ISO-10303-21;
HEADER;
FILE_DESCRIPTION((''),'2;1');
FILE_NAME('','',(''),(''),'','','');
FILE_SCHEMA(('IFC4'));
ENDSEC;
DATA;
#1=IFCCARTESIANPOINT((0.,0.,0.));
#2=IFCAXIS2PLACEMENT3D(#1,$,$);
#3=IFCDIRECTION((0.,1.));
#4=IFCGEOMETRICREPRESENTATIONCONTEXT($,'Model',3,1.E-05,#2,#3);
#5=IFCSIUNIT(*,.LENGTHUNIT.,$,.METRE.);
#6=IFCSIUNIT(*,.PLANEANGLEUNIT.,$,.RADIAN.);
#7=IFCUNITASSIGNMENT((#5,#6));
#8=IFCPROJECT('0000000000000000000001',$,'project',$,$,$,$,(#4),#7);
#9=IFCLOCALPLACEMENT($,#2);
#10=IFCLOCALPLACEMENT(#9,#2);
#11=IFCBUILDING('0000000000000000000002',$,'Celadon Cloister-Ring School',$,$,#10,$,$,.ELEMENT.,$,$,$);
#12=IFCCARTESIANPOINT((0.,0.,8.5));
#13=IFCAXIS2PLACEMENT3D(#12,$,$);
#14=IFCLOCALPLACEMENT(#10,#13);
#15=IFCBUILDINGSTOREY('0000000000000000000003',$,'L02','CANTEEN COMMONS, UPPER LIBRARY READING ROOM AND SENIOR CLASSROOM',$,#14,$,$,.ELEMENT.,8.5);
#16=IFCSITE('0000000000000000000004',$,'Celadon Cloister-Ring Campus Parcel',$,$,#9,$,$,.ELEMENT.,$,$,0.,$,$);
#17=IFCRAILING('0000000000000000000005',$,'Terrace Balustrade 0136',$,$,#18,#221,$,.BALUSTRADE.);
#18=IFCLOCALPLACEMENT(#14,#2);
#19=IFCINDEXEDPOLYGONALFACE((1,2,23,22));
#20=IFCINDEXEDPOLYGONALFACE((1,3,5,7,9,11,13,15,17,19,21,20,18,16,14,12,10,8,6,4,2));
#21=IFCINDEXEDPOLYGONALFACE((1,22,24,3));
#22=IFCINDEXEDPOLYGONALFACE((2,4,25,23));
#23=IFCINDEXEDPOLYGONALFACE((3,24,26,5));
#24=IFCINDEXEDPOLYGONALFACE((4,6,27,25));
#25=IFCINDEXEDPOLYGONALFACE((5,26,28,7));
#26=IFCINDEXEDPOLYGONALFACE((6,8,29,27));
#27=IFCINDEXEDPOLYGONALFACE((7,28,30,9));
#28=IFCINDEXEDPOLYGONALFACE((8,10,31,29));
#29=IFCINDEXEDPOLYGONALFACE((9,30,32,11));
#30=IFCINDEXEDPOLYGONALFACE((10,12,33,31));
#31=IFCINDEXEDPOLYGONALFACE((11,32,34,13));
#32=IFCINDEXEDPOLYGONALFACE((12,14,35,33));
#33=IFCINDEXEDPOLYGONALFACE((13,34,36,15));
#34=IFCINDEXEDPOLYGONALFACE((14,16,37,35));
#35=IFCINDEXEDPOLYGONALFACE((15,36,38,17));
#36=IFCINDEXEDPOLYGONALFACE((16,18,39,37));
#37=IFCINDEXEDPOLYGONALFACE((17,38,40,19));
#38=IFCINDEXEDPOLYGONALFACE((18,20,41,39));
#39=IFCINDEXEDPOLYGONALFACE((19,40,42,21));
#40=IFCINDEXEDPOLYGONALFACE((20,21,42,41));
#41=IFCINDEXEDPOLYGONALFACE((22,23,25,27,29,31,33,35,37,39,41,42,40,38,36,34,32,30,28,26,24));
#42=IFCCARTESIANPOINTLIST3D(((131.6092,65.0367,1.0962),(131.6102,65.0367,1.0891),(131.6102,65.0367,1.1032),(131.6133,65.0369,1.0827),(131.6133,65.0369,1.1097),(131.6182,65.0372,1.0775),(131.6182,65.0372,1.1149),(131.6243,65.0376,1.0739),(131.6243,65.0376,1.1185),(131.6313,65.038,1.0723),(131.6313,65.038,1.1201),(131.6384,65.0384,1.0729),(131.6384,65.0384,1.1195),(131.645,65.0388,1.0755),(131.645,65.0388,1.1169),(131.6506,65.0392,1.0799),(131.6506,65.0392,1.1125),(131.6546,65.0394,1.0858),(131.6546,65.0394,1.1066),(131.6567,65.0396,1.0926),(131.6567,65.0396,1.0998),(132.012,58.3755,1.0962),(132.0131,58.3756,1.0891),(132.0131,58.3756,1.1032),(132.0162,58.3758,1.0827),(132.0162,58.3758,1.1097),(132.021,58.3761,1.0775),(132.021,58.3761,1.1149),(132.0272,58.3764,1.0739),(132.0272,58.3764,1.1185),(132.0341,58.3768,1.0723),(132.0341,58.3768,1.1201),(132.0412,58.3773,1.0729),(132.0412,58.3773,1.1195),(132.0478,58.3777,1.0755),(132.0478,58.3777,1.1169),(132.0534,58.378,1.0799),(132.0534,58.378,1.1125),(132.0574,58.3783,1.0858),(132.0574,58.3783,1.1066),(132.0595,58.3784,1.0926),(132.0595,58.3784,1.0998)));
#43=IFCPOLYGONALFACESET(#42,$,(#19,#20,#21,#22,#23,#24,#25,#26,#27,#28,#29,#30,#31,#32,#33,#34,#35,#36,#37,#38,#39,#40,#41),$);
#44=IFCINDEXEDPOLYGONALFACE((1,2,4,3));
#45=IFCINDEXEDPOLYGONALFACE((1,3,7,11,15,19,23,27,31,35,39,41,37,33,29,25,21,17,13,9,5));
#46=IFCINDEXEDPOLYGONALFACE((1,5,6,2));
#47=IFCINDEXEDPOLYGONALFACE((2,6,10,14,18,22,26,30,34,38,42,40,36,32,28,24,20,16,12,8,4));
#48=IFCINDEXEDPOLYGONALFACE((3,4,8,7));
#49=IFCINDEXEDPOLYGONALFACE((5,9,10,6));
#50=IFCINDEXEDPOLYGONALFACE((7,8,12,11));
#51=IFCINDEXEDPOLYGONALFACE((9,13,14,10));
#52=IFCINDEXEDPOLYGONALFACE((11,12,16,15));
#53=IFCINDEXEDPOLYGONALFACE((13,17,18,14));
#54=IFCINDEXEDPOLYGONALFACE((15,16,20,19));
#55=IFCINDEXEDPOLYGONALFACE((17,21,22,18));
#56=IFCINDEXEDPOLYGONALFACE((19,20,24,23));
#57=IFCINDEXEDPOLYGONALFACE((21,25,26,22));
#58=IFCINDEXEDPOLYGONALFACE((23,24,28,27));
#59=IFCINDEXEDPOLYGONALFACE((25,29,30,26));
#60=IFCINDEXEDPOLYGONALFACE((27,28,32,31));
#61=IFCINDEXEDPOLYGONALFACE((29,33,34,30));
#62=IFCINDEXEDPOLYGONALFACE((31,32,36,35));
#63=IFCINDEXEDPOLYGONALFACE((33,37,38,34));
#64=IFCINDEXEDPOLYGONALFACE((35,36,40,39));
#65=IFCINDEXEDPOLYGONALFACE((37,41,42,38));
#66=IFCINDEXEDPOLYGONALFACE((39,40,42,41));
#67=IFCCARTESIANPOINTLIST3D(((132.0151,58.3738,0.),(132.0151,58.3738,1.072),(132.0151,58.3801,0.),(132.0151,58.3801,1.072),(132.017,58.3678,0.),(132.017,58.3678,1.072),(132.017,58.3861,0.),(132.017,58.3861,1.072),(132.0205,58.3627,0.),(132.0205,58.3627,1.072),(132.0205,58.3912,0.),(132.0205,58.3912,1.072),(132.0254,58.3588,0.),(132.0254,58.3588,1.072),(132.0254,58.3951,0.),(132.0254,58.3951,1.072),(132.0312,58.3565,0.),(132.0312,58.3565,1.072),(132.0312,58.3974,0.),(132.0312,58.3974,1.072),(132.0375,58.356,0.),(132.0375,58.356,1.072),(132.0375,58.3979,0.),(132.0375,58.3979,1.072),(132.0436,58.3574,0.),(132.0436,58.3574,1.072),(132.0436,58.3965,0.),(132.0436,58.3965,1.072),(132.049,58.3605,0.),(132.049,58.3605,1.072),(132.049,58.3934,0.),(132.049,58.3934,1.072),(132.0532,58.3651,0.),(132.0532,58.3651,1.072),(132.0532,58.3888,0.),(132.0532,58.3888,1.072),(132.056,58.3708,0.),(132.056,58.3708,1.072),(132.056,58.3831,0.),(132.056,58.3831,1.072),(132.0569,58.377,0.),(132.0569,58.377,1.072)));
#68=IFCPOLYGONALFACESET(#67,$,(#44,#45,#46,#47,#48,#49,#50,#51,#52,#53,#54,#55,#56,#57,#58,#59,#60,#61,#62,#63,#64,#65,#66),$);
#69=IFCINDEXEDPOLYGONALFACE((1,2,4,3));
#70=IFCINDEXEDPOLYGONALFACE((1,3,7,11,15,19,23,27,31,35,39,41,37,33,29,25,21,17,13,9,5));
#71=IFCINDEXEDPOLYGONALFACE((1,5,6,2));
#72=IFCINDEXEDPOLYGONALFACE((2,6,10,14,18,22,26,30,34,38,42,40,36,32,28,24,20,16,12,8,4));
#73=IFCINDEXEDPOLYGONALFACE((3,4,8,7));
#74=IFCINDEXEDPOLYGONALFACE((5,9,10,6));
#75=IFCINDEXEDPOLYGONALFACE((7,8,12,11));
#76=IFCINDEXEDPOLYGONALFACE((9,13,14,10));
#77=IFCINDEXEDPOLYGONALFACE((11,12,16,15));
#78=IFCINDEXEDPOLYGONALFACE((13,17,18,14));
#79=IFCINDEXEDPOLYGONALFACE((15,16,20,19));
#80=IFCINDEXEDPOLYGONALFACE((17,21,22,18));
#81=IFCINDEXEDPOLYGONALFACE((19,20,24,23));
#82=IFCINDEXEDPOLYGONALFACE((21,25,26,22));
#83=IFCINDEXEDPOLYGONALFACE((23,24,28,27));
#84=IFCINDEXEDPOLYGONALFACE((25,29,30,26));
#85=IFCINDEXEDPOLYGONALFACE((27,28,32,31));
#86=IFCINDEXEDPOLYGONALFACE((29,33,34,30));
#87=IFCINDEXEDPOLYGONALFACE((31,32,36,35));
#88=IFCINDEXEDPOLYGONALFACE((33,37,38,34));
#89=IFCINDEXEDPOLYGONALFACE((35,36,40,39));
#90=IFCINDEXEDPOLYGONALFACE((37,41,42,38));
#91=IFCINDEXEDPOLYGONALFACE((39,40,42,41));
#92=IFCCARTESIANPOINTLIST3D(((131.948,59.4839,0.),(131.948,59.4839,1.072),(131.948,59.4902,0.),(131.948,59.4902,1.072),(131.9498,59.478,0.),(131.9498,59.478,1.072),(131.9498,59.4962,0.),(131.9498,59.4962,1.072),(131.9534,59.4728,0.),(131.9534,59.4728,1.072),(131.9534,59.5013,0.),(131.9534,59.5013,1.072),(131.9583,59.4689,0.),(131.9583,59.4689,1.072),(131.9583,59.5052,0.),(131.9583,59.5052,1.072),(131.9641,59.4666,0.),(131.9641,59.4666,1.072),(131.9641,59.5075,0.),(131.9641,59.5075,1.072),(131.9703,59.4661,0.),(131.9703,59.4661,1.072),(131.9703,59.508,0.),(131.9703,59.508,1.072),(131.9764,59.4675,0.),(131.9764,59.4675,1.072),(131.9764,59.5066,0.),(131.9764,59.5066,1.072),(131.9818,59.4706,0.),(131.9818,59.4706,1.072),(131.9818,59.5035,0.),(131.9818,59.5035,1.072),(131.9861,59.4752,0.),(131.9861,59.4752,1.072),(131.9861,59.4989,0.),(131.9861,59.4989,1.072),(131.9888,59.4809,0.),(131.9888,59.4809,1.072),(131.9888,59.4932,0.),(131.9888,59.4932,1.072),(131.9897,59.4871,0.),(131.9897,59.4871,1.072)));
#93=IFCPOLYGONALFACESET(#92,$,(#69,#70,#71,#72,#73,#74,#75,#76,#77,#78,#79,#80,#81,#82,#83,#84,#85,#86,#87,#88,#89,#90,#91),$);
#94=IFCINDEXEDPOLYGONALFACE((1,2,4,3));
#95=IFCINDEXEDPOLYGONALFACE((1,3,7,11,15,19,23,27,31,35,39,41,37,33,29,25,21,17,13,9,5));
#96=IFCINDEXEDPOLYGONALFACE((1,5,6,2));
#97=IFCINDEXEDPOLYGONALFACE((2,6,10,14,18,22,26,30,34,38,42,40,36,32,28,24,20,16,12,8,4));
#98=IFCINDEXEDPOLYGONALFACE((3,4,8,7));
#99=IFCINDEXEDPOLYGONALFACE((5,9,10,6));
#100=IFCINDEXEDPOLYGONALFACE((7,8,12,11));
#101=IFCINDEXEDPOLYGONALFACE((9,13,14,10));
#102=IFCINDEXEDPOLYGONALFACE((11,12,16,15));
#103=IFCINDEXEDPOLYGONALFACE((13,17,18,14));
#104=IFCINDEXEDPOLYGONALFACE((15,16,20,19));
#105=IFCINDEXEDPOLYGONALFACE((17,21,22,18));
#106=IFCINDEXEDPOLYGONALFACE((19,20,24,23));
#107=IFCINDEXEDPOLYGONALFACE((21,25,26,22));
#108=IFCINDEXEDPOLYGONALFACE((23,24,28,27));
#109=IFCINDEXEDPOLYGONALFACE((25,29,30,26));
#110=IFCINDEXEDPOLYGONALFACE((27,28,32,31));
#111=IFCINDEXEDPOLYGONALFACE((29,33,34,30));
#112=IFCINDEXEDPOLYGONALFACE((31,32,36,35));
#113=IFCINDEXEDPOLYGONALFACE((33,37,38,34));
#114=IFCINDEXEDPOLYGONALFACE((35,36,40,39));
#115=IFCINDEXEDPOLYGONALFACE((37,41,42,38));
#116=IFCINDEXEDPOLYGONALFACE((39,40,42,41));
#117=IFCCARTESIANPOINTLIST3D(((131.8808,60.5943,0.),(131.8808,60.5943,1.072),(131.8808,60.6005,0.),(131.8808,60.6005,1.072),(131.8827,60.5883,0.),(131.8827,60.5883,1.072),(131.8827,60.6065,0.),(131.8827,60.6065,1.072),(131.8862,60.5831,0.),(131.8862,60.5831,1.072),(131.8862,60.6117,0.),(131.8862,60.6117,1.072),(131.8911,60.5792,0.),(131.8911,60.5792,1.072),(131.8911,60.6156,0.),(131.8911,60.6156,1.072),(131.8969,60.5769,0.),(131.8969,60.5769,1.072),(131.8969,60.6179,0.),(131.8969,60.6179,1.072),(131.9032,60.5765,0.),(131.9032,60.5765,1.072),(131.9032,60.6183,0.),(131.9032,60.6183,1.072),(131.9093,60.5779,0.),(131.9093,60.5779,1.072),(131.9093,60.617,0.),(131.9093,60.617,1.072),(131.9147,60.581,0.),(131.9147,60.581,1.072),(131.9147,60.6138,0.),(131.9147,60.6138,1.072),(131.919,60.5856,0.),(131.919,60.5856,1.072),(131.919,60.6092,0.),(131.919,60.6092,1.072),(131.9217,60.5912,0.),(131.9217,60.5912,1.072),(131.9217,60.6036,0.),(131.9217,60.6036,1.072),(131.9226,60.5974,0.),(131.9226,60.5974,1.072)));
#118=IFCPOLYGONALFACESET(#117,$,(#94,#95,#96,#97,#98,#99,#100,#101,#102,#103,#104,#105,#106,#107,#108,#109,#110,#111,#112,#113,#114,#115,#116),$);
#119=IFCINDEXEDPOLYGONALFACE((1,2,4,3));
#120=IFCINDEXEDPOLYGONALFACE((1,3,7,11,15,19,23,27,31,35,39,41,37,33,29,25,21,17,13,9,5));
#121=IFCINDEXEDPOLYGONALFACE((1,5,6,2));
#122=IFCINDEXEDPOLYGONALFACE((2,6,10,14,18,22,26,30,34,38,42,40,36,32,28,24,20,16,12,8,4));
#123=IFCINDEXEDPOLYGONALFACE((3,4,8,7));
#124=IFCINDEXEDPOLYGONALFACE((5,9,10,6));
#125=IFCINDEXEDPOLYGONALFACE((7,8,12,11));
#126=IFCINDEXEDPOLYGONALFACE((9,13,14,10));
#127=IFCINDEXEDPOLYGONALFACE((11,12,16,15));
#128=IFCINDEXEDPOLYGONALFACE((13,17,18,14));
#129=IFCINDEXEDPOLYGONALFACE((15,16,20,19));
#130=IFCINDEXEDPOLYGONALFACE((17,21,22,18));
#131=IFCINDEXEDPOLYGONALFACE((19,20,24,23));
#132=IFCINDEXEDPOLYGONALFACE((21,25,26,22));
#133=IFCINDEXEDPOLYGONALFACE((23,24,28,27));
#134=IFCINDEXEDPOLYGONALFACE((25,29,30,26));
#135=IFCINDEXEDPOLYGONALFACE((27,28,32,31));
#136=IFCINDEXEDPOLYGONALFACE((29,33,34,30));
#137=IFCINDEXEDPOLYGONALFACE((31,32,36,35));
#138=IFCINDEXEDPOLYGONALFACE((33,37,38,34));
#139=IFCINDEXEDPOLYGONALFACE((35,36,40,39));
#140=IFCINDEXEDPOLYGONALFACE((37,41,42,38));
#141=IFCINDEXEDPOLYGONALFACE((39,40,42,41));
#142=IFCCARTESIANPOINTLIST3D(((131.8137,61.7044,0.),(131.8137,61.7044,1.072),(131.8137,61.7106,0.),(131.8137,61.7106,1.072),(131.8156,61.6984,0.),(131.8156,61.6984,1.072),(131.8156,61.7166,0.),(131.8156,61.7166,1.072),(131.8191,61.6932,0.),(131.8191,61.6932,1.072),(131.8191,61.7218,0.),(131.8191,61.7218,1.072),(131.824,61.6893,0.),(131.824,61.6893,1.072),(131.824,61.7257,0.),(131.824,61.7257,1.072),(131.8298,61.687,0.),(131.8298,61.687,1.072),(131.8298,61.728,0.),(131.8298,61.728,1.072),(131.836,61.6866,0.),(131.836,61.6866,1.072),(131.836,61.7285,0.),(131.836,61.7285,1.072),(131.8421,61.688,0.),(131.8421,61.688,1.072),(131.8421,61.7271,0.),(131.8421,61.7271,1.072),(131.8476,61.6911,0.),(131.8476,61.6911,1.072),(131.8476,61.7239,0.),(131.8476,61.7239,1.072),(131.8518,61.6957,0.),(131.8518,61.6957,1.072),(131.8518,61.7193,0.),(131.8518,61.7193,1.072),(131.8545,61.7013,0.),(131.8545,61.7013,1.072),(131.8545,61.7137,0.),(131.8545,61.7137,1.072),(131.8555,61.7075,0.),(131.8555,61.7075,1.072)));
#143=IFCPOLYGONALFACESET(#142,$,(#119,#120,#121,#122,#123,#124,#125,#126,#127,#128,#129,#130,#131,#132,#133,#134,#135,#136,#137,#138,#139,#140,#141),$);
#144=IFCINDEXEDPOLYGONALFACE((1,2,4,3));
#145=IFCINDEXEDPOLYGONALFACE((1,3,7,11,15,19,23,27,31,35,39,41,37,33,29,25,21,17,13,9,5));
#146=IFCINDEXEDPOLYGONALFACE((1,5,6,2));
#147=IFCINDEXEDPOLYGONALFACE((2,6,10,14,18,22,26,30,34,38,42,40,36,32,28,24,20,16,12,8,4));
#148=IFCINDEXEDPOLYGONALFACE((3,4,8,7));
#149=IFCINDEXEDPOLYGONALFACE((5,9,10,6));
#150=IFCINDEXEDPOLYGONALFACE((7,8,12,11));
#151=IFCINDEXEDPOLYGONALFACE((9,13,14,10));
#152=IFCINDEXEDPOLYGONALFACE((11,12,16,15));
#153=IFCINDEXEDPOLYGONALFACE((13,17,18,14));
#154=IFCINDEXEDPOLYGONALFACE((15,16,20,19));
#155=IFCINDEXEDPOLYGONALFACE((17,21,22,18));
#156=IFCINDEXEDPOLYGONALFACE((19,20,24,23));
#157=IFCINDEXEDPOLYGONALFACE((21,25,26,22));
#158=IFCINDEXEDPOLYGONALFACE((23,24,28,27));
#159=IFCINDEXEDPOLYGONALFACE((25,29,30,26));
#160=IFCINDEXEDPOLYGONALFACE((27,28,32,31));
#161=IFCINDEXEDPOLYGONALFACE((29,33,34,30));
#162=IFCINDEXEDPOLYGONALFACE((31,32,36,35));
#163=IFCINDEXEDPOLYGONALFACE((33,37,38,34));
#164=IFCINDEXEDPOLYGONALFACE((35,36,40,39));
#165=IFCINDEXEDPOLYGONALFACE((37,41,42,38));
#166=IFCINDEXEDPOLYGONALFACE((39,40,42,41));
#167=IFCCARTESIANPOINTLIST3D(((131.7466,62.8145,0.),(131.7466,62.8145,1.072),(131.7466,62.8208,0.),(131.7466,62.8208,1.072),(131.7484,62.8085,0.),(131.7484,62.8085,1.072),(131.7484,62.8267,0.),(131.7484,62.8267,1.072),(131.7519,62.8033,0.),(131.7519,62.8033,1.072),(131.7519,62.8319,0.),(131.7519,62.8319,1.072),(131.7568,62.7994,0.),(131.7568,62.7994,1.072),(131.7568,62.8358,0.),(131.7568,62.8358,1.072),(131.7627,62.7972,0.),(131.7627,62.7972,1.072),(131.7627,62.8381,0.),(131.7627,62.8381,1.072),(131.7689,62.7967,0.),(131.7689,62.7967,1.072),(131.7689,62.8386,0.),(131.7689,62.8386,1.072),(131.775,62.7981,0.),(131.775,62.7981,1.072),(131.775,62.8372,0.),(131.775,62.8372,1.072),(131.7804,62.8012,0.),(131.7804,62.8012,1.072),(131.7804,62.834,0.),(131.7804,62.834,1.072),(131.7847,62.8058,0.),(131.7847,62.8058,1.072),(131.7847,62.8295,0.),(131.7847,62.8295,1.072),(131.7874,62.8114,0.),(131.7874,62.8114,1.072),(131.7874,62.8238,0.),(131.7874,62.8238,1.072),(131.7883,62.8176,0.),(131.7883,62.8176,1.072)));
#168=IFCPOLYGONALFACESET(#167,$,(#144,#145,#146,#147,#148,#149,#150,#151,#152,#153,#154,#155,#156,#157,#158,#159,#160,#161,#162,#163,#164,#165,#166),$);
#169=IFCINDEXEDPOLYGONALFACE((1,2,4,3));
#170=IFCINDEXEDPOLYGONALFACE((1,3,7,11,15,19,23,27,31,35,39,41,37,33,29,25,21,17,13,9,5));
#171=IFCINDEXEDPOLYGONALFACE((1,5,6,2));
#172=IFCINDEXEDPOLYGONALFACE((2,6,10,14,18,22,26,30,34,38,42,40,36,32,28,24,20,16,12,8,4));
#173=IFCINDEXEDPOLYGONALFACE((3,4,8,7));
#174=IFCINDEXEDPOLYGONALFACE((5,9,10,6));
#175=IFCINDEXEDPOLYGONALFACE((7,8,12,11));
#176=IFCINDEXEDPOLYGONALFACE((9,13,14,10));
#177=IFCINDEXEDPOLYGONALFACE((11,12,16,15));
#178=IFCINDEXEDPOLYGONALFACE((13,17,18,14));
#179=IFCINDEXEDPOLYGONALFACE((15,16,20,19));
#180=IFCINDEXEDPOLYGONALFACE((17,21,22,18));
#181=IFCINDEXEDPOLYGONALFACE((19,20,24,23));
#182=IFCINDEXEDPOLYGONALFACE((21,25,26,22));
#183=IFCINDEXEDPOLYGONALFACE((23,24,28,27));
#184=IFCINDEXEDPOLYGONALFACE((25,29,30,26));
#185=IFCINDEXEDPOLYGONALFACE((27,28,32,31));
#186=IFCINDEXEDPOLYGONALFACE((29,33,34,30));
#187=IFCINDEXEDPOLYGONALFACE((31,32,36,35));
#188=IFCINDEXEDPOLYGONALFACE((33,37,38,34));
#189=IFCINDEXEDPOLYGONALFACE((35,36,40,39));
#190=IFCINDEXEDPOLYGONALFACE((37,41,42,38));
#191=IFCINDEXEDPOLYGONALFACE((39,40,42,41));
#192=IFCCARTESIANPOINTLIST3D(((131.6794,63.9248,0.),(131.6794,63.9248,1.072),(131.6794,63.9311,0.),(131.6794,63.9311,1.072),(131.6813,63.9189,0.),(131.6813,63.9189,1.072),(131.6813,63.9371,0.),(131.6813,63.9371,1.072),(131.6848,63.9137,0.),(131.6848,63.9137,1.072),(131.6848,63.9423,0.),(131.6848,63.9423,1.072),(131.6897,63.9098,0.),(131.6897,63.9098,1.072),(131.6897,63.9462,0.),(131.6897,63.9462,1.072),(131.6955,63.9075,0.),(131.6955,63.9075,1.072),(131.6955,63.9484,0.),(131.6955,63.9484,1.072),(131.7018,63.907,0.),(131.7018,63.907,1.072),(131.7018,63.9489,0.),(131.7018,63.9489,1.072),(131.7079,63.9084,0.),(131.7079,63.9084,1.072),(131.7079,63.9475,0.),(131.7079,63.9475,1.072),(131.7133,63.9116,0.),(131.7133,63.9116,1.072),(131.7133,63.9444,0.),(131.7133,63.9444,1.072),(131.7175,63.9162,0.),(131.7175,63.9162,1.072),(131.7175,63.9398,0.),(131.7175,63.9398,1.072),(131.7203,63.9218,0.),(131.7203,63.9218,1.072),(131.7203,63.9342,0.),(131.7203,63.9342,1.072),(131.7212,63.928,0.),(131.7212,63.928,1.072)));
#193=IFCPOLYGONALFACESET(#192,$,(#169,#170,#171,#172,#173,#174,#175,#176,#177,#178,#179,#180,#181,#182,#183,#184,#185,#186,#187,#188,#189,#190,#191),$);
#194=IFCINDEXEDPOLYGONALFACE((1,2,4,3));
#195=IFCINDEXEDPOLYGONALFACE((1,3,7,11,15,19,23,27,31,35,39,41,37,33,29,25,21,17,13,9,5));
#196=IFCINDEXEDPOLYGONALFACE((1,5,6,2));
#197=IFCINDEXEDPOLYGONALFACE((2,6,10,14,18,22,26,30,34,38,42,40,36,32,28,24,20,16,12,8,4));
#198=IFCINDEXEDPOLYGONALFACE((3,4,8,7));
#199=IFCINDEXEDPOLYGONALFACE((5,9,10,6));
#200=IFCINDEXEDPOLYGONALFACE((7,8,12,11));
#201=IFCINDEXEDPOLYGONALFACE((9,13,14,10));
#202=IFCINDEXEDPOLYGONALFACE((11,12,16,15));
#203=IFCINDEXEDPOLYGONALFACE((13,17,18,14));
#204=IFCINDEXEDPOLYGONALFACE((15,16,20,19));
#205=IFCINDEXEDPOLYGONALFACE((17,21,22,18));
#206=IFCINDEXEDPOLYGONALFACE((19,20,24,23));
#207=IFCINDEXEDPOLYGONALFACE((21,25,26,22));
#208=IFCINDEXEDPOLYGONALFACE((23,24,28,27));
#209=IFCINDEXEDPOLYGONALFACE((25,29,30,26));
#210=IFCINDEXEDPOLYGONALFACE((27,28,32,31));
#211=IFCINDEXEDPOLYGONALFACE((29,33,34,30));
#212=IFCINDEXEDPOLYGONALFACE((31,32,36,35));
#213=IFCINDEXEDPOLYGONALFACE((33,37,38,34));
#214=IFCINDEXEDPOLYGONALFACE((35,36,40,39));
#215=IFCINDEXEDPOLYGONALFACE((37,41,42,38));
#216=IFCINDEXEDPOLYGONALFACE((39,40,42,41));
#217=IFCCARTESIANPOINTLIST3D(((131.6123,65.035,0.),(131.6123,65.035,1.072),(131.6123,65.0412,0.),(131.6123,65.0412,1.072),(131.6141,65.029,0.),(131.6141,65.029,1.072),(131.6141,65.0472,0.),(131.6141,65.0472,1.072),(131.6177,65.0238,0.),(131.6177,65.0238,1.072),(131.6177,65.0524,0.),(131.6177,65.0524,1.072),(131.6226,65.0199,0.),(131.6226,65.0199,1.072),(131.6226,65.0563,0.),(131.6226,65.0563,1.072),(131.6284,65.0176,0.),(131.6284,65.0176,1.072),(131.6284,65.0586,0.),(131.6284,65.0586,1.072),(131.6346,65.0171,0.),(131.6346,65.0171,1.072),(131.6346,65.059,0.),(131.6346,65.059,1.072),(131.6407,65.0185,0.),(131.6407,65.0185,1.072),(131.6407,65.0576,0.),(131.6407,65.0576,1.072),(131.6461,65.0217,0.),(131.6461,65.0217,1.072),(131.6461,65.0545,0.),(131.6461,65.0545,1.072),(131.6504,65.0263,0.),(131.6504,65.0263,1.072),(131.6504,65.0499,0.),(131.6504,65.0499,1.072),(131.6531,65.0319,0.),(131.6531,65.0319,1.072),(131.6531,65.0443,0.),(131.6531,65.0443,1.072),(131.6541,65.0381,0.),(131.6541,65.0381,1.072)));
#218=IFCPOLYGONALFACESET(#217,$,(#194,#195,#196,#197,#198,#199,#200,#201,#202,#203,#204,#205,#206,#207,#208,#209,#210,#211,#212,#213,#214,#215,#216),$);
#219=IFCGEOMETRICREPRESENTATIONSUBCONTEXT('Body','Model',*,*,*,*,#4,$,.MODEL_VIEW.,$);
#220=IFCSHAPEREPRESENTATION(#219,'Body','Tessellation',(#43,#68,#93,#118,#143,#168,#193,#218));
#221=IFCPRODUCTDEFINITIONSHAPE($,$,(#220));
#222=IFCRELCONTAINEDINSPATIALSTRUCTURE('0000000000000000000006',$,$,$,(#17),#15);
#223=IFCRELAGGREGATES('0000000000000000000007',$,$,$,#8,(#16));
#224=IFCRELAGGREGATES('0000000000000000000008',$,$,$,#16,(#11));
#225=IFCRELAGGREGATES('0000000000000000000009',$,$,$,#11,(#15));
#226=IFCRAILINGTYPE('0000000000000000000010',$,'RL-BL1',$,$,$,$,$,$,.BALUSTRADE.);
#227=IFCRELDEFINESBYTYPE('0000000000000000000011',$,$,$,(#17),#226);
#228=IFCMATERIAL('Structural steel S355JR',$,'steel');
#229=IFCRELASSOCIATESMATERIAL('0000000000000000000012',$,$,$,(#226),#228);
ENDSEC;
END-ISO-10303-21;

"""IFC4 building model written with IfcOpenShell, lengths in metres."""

from ifc_helpers import new_model, si_unit, direction, frame, origin, origin_2d, place, context, subcontext, project, spatial, circle, extrude, material, type_object, element, save


model = new_model("IFC4")

# Units and contexts
model_context = context("Model", 3, precision=1e-05, world=origin(), true_north=direction((0.0, 1.0)))
body_context = subcontext(model_context, "Body", "Model", "MODEL_VIEW")
ifc_project = project(units=[si_unit("LENGTHUNIT", "METRE"), si_unit("PLANEANGLEUNIT", "RADIAN")], contexts=[model_context])

# Site, building, storey
site_placement = place(None, origin())
site = spatial("IfcSite", under=ifc_project, at=site_placement, Name="Celadon Cloister-Ring Campus Parcel", CompositionType="ELEMENT", RefElevation=0.0)
building_placement = place(site_placement, origin())
building = spatial("IfcBuilding", under=site, at=building_placement, Name="Celadon Cloister-Ring School", CompositionType="ELEMENT")
storey_placement = place(building_placement, frame((0.0, 0.0, 8.5)))
storey = spatial("IfcBuildingStorey", under=building, at=storey_placement, Name="L02", Description="CANTEEN COMMONS, UPPER LIBRARY READING ROOM AND SENIOR CLASSROOM", CompositionType="ELEMENT", Elevation=8.5)

# Railing
ifc_material_1 = material(Name="Structural steel S355JR", Category="steel")
railing_type_1 = type_object("IfcRailingType", Name="RL-BL1", PredefinedType="BALUSTRADE", material=ifc_material_1)
railing_1_placement = place(storey_placement, frame((132.0359, 58.377, 0.0)))
element("IfcRailing", 1, at=railing_1_placement, inside=storey, type_object=railing_type_1, Name="Terrace Balustrade 0136", PredefinedType="BALUSTRADE", context=body_context, shape_type="SweptSolid", body=[
    extrude(circle(Radius=0.0239, at=origin_2d()), frame((0.0, 0.0, 1.0962), z_axis=(-0.060365, 0.998176, 0.0), x_axis=(-0.998176, -0.060365, 0.0)), (0.0, 0.0, 1.0), 6.6733),
    extrude(circle(Radius=0.021, at=origin_2d()), origin(), (0.0, 0.0, 1.0), 1.072),
    extrude(circle(Radius=0.021, at=origin_2d()), frame((-0.0671, 1.1101, 0.0)), (0.0, 0.0, 1.0), 1.072),
    extrude(circle(Radius=0.021, at=origin_2d()), frame((-0.1343, 2.2205, 0.0)), (0.0, 0.0, 1.0), 1.072),
    extrude(circle(Radius=0.021, at=origin_2d()), frame((-0.2014, 3.3306, 0.0)), (0.0, 0.0, 1.0), 1.072),
    extrude(circle(Radius=0.021, at=origin_2d()), frame((-0.2686, 4.4407, 0.0)), (0.0, 0.0, 1.0), 1.072),
    extrude(circle(Radius=0.021, at=origin_2d()), frame((-0.3357, 5.551, 0.0)), (0.0, 0.0, 1.0), 1.072),
    extrude(circle(Radius=0.021, at=origin_2d()), frame((-0.4028, 6.6611, 0.0)), (0.0, 0.0, 1.0), 1.072),
])

save(model, "model.ifc")
